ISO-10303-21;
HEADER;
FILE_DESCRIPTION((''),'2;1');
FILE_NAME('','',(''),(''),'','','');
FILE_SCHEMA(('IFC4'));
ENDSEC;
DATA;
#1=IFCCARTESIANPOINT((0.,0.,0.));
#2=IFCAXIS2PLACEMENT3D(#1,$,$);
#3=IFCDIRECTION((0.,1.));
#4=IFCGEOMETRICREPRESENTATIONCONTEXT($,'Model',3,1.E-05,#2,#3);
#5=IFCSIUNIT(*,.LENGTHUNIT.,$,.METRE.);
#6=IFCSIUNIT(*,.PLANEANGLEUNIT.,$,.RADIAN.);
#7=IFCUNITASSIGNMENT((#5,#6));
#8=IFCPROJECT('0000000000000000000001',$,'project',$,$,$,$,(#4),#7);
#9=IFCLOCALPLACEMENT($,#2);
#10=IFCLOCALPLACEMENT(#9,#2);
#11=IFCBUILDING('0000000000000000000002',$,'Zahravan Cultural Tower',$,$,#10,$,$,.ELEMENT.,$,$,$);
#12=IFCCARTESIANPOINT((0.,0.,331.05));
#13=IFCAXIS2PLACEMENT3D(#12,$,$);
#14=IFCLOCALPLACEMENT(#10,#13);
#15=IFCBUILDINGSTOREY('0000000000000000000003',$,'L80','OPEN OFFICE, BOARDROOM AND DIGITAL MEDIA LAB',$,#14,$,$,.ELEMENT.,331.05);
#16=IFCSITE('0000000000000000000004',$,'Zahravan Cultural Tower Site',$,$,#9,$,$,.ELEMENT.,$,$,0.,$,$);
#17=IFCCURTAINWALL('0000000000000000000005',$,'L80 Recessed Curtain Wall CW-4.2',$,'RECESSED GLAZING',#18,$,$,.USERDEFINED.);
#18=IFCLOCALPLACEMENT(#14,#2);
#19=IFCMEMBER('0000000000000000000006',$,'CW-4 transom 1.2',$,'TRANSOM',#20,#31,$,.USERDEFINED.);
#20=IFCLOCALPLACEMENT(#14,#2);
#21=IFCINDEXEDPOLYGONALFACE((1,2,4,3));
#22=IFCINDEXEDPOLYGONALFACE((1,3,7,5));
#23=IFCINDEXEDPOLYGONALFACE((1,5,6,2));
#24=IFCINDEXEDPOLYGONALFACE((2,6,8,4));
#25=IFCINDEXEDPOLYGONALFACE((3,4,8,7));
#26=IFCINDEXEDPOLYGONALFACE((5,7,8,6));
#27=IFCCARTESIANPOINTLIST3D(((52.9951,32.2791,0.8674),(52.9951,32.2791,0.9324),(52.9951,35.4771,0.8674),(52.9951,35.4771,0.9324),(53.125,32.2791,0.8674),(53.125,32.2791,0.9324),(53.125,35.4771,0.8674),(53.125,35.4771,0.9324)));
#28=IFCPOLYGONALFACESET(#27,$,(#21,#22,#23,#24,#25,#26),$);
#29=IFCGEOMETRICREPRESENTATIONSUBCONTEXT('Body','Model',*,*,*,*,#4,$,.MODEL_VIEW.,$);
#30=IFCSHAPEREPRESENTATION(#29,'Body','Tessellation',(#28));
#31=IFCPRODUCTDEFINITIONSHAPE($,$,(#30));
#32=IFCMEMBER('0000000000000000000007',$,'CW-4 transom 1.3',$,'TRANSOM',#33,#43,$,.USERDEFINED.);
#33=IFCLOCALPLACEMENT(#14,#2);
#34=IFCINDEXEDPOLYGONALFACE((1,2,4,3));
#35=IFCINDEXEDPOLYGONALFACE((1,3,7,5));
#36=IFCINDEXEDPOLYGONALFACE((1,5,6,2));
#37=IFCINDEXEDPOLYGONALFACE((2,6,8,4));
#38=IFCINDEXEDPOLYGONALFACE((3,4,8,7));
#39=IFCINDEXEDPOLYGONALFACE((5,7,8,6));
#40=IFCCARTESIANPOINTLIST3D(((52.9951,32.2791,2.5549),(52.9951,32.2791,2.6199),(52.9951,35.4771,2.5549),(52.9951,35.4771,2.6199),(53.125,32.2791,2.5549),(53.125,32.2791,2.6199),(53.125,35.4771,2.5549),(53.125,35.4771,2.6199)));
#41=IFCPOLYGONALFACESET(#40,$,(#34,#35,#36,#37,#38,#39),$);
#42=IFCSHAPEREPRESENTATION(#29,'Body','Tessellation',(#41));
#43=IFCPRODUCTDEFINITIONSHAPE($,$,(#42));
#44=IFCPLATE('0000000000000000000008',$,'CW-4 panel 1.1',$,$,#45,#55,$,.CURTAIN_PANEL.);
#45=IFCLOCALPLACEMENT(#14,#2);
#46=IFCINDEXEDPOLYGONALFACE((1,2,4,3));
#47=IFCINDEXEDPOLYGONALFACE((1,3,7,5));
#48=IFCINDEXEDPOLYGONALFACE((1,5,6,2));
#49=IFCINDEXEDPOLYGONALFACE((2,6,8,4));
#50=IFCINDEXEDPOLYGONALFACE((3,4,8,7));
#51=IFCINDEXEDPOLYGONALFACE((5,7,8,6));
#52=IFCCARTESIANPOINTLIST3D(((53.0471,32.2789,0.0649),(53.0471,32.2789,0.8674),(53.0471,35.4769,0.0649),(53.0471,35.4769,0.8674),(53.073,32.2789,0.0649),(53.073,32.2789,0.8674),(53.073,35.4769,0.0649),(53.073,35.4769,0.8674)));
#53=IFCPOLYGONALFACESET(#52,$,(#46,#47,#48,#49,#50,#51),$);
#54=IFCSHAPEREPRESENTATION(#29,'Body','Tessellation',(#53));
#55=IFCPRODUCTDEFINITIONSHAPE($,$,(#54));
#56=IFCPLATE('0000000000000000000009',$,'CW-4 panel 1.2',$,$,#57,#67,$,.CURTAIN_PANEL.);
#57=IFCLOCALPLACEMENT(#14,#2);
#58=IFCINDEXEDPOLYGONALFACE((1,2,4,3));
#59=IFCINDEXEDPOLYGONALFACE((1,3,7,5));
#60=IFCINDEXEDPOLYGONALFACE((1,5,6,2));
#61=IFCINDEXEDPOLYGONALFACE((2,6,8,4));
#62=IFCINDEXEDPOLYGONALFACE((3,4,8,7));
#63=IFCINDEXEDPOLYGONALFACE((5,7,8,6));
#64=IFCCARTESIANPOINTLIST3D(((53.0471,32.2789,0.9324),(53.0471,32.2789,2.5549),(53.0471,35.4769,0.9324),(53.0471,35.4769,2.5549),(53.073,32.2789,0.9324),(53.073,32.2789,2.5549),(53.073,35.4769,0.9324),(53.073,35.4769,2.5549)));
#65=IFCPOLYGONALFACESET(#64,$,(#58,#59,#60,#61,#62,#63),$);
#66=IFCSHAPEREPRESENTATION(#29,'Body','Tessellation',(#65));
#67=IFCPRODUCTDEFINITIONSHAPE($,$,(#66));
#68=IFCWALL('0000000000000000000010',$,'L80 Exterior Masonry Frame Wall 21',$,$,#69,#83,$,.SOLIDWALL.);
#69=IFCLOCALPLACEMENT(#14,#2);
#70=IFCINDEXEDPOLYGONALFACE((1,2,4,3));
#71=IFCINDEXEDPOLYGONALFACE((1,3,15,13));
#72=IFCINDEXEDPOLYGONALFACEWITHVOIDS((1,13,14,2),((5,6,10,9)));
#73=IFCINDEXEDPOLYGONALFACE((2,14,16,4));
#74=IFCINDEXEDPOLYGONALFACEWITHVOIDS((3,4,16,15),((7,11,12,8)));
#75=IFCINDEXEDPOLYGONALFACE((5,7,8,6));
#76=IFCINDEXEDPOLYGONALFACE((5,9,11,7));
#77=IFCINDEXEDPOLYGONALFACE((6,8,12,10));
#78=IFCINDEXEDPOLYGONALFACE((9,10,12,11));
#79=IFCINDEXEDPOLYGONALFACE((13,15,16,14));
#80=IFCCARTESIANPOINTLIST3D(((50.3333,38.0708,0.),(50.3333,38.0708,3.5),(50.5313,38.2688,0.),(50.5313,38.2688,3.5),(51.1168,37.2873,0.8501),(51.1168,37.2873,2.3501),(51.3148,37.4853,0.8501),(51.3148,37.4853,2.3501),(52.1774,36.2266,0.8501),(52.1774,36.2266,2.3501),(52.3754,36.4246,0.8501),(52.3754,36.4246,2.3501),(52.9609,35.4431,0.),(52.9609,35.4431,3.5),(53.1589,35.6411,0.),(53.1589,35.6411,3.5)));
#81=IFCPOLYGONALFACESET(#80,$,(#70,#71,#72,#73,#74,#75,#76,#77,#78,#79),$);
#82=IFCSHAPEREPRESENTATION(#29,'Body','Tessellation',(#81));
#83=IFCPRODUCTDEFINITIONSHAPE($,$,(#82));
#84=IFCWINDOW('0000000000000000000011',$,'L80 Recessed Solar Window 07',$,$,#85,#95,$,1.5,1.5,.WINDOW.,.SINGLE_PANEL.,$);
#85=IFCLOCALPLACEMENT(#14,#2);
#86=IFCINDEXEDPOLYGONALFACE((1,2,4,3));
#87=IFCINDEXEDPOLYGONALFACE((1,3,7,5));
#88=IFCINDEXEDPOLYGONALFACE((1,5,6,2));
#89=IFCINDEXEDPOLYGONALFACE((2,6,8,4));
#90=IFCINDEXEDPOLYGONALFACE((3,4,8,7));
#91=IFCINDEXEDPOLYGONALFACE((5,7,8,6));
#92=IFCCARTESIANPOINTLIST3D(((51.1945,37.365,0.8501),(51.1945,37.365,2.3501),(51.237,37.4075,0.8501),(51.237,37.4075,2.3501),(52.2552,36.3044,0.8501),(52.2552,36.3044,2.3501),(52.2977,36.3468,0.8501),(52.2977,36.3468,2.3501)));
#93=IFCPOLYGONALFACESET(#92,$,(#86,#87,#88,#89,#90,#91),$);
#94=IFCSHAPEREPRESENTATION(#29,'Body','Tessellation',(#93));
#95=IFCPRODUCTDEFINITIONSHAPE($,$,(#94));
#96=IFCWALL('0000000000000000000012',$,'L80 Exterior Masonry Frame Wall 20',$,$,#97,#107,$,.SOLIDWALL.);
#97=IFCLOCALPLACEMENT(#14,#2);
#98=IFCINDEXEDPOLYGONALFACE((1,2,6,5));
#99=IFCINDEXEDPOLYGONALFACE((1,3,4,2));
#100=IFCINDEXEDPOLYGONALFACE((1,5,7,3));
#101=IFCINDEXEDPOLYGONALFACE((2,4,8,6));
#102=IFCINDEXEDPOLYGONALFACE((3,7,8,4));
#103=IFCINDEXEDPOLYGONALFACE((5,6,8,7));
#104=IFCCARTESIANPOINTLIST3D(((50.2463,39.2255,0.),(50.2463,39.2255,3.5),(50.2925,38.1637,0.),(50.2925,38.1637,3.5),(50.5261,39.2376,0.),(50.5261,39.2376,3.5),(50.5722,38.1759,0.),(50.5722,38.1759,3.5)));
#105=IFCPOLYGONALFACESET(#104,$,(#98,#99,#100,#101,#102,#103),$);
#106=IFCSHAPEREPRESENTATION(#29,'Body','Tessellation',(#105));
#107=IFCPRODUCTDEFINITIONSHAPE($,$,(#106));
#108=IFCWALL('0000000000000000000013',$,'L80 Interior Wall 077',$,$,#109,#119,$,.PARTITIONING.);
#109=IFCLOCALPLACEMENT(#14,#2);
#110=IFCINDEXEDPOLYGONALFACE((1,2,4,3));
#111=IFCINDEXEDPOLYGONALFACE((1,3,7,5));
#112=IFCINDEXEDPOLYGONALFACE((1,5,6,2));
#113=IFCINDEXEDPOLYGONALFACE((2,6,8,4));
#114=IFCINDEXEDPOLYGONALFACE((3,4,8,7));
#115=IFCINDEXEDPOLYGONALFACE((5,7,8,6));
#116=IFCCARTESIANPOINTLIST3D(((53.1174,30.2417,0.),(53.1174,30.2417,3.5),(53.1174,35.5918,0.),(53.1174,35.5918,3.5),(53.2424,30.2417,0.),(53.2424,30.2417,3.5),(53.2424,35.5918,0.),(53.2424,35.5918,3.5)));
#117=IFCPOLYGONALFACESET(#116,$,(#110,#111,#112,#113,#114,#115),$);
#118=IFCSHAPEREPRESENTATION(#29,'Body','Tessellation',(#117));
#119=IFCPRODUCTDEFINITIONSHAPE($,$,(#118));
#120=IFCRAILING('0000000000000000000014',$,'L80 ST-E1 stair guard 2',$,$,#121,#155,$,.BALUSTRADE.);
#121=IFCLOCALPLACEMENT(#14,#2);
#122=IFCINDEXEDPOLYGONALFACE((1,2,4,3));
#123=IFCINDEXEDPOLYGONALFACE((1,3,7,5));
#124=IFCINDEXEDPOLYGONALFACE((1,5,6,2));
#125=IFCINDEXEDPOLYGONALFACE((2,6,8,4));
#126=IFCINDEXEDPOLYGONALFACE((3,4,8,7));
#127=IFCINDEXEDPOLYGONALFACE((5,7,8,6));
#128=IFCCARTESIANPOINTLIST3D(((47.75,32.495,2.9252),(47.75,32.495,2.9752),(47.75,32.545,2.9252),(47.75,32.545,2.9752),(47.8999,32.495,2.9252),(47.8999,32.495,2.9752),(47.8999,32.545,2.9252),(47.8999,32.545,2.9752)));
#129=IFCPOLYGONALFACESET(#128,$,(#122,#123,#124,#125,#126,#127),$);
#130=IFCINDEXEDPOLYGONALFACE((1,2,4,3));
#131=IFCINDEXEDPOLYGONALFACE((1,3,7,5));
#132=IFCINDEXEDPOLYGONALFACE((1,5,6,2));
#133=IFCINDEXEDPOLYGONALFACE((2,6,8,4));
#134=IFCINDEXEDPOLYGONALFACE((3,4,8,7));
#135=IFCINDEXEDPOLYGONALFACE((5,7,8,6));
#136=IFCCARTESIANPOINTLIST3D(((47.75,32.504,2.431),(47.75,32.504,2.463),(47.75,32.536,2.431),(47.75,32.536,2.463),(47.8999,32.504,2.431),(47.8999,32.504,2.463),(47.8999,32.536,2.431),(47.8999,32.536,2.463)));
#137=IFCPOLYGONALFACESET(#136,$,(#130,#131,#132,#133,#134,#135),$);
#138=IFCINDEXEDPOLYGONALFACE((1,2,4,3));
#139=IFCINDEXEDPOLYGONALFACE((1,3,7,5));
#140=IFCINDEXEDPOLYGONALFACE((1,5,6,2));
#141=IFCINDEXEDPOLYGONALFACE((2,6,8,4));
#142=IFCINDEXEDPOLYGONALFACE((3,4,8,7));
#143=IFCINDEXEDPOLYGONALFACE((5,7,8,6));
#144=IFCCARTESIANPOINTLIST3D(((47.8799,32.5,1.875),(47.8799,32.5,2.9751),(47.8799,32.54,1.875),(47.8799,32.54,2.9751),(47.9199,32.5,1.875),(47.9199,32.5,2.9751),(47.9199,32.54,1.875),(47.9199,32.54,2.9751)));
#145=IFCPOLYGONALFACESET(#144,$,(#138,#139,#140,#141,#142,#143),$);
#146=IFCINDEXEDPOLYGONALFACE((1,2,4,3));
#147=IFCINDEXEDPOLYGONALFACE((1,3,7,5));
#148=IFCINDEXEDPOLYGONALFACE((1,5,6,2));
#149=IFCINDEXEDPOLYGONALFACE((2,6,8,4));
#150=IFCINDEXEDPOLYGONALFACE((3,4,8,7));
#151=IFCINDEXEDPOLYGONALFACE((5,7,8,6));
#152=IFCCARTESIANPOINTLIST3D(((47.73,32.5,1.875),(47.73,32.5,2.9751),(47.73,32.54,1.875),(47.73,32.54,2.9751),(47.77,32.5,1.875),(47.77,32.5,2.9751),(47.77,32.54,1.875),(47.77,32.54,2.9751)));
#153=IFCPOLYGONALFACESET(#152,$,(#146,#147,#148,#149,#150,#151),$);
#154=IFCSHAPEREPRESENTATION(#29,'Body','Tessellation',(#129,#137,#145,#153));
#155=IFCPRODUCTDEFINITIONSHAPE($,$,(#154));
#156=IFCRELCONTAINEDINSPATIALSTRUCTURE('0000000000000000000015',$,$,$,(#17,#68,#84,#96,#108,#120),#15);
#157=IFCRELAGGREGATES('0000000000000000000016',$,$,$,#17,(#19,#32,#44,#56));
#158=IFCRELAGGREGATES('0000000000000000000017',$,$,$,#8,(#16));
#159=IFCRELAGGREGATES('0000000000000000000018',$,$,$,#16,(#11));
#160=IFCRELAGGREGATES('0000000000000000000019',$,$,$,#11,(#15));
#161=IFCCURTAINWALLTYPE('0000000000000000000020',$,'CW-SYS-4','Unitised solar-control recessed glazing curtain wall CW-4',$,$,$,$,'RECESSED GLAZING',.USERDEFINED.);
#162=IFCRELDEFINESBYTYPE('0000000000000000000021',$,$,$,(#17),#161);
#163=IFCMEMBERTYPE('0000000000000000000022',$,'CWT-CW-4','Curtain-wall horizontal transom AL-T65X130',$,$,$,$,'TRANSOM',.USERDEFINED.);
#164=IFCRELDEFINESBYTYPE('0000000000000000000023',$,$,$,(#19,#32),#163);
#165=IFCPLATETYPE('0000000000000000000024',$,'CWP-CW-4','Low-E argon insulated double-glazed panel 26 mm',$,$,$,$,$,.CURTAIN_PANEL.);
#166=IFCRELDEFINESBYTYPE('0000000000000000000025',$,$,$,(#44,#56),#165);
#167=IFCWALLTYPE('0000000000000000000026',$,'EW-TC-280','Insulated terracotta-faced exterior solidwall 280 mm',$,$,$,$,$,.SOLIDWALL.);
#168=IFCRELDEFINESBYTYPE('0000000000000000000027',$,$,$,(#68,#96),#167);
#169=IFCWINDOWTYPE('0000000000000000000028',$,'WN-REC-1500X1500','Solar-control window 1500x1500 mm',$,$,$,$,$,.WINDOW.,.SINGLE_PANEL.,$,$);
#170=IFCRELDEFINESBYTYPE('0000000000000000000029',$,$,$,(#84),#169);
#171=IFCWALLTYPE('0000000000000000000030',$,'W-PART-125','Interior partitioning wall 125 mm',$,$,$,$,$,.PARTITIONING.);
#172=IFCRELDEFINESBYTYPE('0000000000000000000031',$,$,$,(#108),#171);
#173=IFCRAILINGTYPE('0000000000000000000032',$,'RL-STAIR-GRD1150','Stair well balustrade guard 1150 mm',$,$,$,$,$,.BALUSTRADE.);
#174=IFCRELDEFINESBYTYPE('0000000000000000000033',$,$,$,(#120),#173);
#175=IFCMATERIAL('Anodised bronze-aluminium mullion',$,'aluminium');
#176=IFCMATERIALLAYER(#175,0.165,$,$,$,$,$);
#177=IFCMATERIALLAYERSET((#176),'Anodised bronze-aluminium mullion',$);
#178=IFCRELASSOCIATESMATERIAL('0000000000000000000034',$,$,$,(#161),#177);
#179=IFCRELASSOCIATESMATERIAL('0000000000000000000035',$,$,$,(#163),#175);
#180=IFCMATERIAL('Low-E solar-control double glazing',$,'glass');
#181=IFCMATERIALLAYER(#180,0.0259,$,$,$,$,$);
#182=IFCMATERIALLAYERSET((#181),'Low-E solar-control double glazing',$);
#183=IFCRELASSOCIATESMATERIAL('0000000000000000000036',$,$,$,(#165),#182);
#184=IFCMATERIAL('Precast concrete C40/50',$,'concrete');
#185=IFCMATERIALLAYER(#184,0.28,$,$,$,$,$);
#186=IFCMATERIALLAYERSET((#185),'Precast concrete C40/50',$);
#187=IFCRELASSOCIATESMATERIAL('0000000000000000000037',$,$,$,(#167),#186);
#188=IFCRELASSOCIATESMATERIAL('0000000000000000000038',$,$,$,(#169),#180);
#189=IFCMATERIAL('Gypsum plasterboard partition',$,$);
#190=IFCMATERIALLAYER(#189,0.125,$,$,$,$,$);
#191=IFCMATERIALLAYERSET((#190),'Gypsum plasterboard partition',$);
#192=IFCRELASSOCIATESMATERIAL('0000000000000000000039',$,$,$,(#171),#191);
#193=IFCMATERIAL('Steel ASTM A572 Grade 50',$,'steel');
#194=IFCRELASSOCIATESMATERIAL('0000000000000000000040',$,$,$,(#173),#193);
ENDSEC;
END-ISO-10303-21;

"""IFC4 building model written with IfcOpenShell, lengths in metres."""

from ifc_helpers import new_model, si_unit, direction, frame, frame_2d, origin, origin_2d, place, context, subcontext, project, spatial, rectangle, extrude, source, transform, mapped, material, layer, layer_set, material_profile, profile_set, type_object, element, fill, aggregate, save


model = new_model("IFC4")

# Units and contexts
model_context = context("Model", 3, precision=1e-05, world=origin(), true_north=direction((0.0, 1.0)))
body_context = subcontext(model_context, "Body", "Model", "MODEL_VIEW")
ifc_project = project(units=[si_unit("LENGTHUNIT", "METRE"), si_unit("PLANEANGLEUNIT", "RADIAN")], contexts=[model_context])

# Site, building, storey
site_placement = place(None, origin())
site = spatial("IfcSite", under=ifc_project, at=site_placement, Name="Zahravan Cultural Tower Site", CompositionType="ELEMENT", RefElevation=0.0)
building_placement = place(site_placement, origin())
building = spatial("IfcBuilding", under=site, at=building_placement, Name="Zahravan Cultural Tower", CompositionType="ELEMENT")
storey_placement = place(building_placement, frame((0.0, 0.0, 331.05)))
storey = spatial("IfcBuildingStorey", under=building, at=storey_placement, Name="L80", Description="OPEN OFFICE, BOARDROOM AND DIGITAL MEDIA LAB", CompositionType="ELEMENT", Elevation=331.05)

# Curtain wall, members, plates
ifc_material_1 = material(Name="Anodised bronze-aluminium mullion", Category="aluminium")
ifc_layer_1 = layer(ifc_material_1, 0.165)
ifc_layer_set_1 = layer_set([ifc_layer_1], Name="Anodised bronze-aluminium mullion")
curtain_wall_type = type_object("IfcCurtainWallType", Name="CW-SYS-4", Description="Unitised solar-control recessed glazing curtain wall CW-4", ElementType="RECESSED GLAZING", PredefinedType="USERDEFINED", material=ifc_layer_set_1)
curtain_wall_placement = place(storey_placement, origin())
curtain_wall = element("IfcCurtainWall", 1, at=curtain_wall_placement, inside=storey, type_object=curtain_wall_type, Name="L80 Recessed Curtain Wall CW-4.2", ObjectType="RECESSED GLAZING", PredefinedType="USERDEFINED")
ifc_material_profile_1 = material_profile(ifc_material_1, rectangle(XDim=0.1299, YDim=0.0649, at=origin_2d()), Name="AL-T65X130")
ifc_profile_set_1 = profile_set([ifc_material_profile_1], Name="Anodised bronze-aluminium mullion")
member_type_1 = type_object("IfcMemberType", Name="CWT-CW-4", Description="Curtain-wall horizontal transom AL-T65X130", ElementType="TRANSOM", PredefinedType="USERDEFINED", material=ifc_profile_set_1)
shared_shape_1 = source(origin(), body_context, "Body", "SweptSolid", [
    extrude(rectangle(XDim=0.1299, YDim=0.0649, at=origin_2d()), origin(), (0.0, 0.0, 1.0), 3.198),
])
member_1_placement = place(storey_placement, frame((53.0601, 35.4771, 0.8999), z_axis=(0.0, -1.0, 0.0), x_axis=(1.0, 0.0, 0.0)))
member_1 = element("IfcMember", 2, at=member_1_placement, type_object=member_type_1, Name="CW-4 transom 1.2", ObjectType="TRANSOM", PredefinedType="USERDEFINED", context=body_context, shape_type="MappedRepresentation", body=[
    mapped(shared_shape_1, transform((0.0, 0.0, 0.0), x_axis=(1.0, 0.0, 0.0), y_axis=(0.0, 1.0, 0.0), z_axis=(0.0, 0.0, 1.0), scale=1.0)),
])
member_2_placement = place(storey_placement, frame((53.0601, 35.4771, 2.5874), z_axis=(0.0, -1.0, 0.0), x_axis=(1.0, 0.0, 0.0)))
member_2 = element("IfcMember", 3, at=member_2_placement, type_object=member_type_1, Name="CW-4 transom 1.3", ObjectType="TRANSOM", PredefinedType="USERDEFINED", context=body_context, shape_type="MappedRepresentation", body=[
    mapped(shared_shape_1, transform((0.0, 0.0, 0.0), x_axis=(1.0, 0.0, 0.0), y_axis=(0.0, 1.0, 0.0), z_axis=(0.0, 0.0, 1.0), scale=1.0)),
])
ifc_material_2 = material(Name="Low-E solar-control double glazing", Category="glass")
ifc_layer_2 = layer(ifc_material_2, 0.0259)
ifc_layer_set_2 = layer_set([ifc_layer_2], Name="Low-E solar-control double glazing")
plate_type = type_object("IfcPlateType", Name="CWP-CW-4", Description="Low-E argon insulated double-glazed panel 26 mm", PredefinedType="CURTAIN_PANEL", material=ifc_layer_set_2)
shared_shape_2 = source(origin(), body_context, "Body", "SweptSolid", [
    extrude(rectangle(XDim=3.198, YDim=0.0259, at=origin_2d()), origin(), (0.0, 0.0, 1.0), 0.8025),
])
plate_1_placement = place(storey_placement, frame((53.0601, 33.8779, 0.0649), z_axis=(0.0, 0.0, 1.0), x_axis=(0.0, -1.0, 0.0)))
plate_1 = element("IfcPlate", 4, at=plate_1_placement, type_object=plate_type, Name="CW-4 panel 1.1", PredefinedType="CURTAIN_PANEL", context=body_context, shape_type="MappedRepresentation", body=[
    mapped(shared_shape_2, transform((0.0, 0.0, 0.0), x_axis=(1.0, 0.0, 0.0), y_axis=(0.0, 1.0, 0.0), z_axis=(0.0, 0.0, 1.0), scale=1.0)),
])
shared_shape_3 = source(origin(), body_context, "Body", "SweptSolid", [
    extrude(rectangle(XDim=3.198, YDim=0.0259, at=origin_2d()), origin(), (0.0, 0.0, 1.0), 1.6226),
])
plate_2_placement = place(storey_placement, frame((53.0601, 33.8779, 0.9324), z_axis=(0.0, 0.0, 1.0), x_axis=(0.0, -1.0, 0.0)))
plate_2 = element("IfcPlate", 5, at=plate_2_placement, type_object=plate_type, Name="CW-4 panel 1.2", PredefinedType="CURTAIN_PANEL", context=body_context, shape_type="MappedRepresentation", body=[
    mapped(shared_shape_3, transform((0.0, 0.0, 0.0), x_axis=(1.0, 0.0, 0.0), y_axis=(0.0, 1.0, 0.0), z_axis=(0.0, 0.0, 1.0), scale=1.0)),
])
aggregate(curtain_wall, [member_1, member_2, plate_1, plate_2])

# Wall, opening, window
ifc_material_3 = material(Name="Precast concrete C40/50", Category="concrete")
ifc_layer_3 = layer(ifc_material_3, 0.28)
ifc_layer_set_3 = layer_set([ifc_layer_3], Name="Precast concrete C40/50")
wall_type_1 = type_object("IfcWallType", Name="EW-TC-280", Description="Insulated terracotta-faced exterior solidwall 280 mm", PredefinedType="SOLIDWALL", material=ifc_layer_set_3)
wall_1_placement = place(storey_placement, frame((50.4324, 38.1697, 0.0), z_axis=(0.0, 0.0, 1.0), x_axis=(0.707107, -0.707107, 0.0)))
wall_1 = element("IfcWall", 6, at=wall_1_placement, inside=storey, type_object=wall_type_1, Name="L80 Exterior Masonry Frame Wall 21", PredefinedType="SOLIDWALL", context=body_context, shape_type="SweptSolid", body=[
    extrude(rectangle(XDim=3.7161, YDim=0.28, at=frame_2d((1.8579, 0.0))), origin(), (0.0, 0.0, 1.0), 3.5),
])
opening_placement = place(wall_1_placement, frame((1.1079, 0.0, 0.8501)))
opening = element("IfcOpeningElement", 7, at=opening_placement, cuts=wall_1, PredefinedType="OPENING", context=body_context, shape_type="SweptSolid", body=[
    extrude(rectangle(XDim=1.5, YDim=1.5, at=frame_2d((0.75, 0.75))), frame((0.0, 0.1499, 0.0), z_axis=(0.0, -1.0, 0.0), x_axis=(1.0, 0.0, 0.0)), (0.0, 0.0, 1.0), 0.3),
])
window_type = type_object("IfcWindowType", Name="WN-REC-1500X1500", Description="Solar-control window 1500x1500 mm", PartitioningType="SINGLE_PANEL", PredefinedType="WINDOW", material=ifc_material_2)
shared_shape_4 = source(origin(), body_context, "Body", "SweptSolid", [
    extrude(rectangle(XDim=1.5, YDim=1.5, at=frame_2d((0.75, 0.75))), frame((0.0, 0.03, 0.0), z_axis=(0.0, -1.0, 0.0), x_axis=(1.0, 0.0, 0.0)), (0.0, 0.0, 1.0), 0.0601),
])
window_placement = place(opening_placement, origin())
window = element("IfcWindow", 8, at=window_placement, inside=storey, type_object=window_type, Name="L80 Recessed Solar Window 07", OverallHeight=1.5, OverallWidth=1.5, PartitioningType="SINGLE_PANEL", PredefinedType="WINDOW", context=body_context, shape_type="MappedRepresentation", body=[
    mapped(shared_shape_4, transform((0.0, 0.0, 0.0), x_axis=(1.0, 0.0, 0.0), y_axis=(0.0, 1.0, 0.0), z_axis=(0.0, 0.0, 1.0), scale=1.0)),
])
fill(opening, window)

# Walls
shared_shape_5 = source(origin(), body_context, "Body", "SweptSolid", [
    extrude(rectangle(XDim=1.0627, YDim=0.28, at=frame_2d((0.5312, 0.0))), origin(), (0.0, 0.0, 1.0), 3.5),
])
wall_2_placement = place(storey_placement, frame((50.3862, 39.2314, 0.0), z_axis=(0.0, 0.0, 1.0), x_axis=(0.043417, -0.999057, 0.0)))
element("IfcWall", 9, at=wall_2_placement, inside=storey, type_object=wall_type_1, Name="L80 Exterior Masonry Frame Wall 20", PredefinedType="SOLIDWALL", context=body_context, shape_type="MappedRepresentation", body=[
    mapped(shared_shape_5, transform((0.0, 0.0, 0.0), x_axis=(1.0, 0.0, 0.0), y_axis=(0.0, 1.0, 0.0), z_axis=(0.0, 0.0, 1.0), scale=1.0)),
])
ifc_material_4 = material(Name="Gypsum plasterboard partition")
ifc_layer_4 = layer(ifc_material_4, 0.125)
ifc_layer_set_4 = layer_set([ifc_layer_4], Name="Gypsum plasterboard partition")
wall_type_2 = type_object("IfcWallType", Name="W-PART-125", Description="Interior partitioning wall 125 mm", PredefinedType="PARTITIONING", material=ifc_layer_set_4)
shared_shape_6 = source(origin(), body_context, "Body", "SweptSolid", [
    extrude(rectangle(XDim=5.3501, YDim=0.125, at=frame_2d((2.675, 0.0))), origin(), (0.0, 0.0, 1.0), 3.5),
])
wall_3_placement = place(storey_placement, frame((53.1799, 35.5918, 0.0), z_axis=(0.0, 0.0, 1.0), x_axis=(0.0, -1.0, 0.0)))
element("IfcWall", 10, at=wall_3_placement, inside=storey, type_object=wall_type_2, Name="L80 Interior Wall 077", PredefinedType="PARTITIONING", context=body_context, shape_type="MappedRepresentation", body=[
    mapped(shared_shape_6, transform((0.0, 0.0, 0.0), x_axis=(1.0, 0.0, 0.0), y_axis=(0.0, 1.0, 0.0), z_axis=(0.0, 0.0, 1.0), scale=1.0)),
])

# Railing
ifc_material_5 = material(Name="Steel ASTM A572 Grade 50", Category="steel")
railing_type = type_object("IfcRailingType", Name="RL-STAIR-GRD1150", Description="Stair well balustrade guard 1150 mm", PredefinedType="BALUSTRADE", material=ifc_material_5)
railing_1_placement = place(storey_placement, frame((47.8999, 32.52, 1.875)))
element("IfcRailing", 11, at=railing_1_placement, inside=storey, type_object=railing_type, Name="L80 ST-E1 stair guard 2", PredefinedType="BALUSTRADE", context=body_context, shape_type="SweptSolid", body=[
    extrude(rectangle(XDim=0.05, YDim=0.05, at=origin_2d()), frame((0.0, 0.0, 1.0752), z_axis=(-1.0, 0.0, 0.0), x_axis=(0.0, -1.0, 0.0)), (0.0, 0.0, 1.0), 0.1499),
    extrude(rectangle(XDim=0.032, YDim=0.032, at=origin_2d()), frame((0.0, 0.0, 0.572), z_axis=(-1.0, 0.0, 0.0), x_axis=(0.0, -1.0, 0.0)), (0.0, 0.0, 1.0), 0.1499),
    extrude(rectangle(XDim=0.04, YDim=0.04, at=origin_2d()), origin(), (0.0, 0.0, 1.0), 1.1001),
    extrude(rectangle(XDim=0.04, YDim=0.04, at=origin_2d()), frame((-0.1499, 0.0, 0.0)), (0.0, 0.0, 1.0), 1.1001),
])

save(model, "model.ifc")
